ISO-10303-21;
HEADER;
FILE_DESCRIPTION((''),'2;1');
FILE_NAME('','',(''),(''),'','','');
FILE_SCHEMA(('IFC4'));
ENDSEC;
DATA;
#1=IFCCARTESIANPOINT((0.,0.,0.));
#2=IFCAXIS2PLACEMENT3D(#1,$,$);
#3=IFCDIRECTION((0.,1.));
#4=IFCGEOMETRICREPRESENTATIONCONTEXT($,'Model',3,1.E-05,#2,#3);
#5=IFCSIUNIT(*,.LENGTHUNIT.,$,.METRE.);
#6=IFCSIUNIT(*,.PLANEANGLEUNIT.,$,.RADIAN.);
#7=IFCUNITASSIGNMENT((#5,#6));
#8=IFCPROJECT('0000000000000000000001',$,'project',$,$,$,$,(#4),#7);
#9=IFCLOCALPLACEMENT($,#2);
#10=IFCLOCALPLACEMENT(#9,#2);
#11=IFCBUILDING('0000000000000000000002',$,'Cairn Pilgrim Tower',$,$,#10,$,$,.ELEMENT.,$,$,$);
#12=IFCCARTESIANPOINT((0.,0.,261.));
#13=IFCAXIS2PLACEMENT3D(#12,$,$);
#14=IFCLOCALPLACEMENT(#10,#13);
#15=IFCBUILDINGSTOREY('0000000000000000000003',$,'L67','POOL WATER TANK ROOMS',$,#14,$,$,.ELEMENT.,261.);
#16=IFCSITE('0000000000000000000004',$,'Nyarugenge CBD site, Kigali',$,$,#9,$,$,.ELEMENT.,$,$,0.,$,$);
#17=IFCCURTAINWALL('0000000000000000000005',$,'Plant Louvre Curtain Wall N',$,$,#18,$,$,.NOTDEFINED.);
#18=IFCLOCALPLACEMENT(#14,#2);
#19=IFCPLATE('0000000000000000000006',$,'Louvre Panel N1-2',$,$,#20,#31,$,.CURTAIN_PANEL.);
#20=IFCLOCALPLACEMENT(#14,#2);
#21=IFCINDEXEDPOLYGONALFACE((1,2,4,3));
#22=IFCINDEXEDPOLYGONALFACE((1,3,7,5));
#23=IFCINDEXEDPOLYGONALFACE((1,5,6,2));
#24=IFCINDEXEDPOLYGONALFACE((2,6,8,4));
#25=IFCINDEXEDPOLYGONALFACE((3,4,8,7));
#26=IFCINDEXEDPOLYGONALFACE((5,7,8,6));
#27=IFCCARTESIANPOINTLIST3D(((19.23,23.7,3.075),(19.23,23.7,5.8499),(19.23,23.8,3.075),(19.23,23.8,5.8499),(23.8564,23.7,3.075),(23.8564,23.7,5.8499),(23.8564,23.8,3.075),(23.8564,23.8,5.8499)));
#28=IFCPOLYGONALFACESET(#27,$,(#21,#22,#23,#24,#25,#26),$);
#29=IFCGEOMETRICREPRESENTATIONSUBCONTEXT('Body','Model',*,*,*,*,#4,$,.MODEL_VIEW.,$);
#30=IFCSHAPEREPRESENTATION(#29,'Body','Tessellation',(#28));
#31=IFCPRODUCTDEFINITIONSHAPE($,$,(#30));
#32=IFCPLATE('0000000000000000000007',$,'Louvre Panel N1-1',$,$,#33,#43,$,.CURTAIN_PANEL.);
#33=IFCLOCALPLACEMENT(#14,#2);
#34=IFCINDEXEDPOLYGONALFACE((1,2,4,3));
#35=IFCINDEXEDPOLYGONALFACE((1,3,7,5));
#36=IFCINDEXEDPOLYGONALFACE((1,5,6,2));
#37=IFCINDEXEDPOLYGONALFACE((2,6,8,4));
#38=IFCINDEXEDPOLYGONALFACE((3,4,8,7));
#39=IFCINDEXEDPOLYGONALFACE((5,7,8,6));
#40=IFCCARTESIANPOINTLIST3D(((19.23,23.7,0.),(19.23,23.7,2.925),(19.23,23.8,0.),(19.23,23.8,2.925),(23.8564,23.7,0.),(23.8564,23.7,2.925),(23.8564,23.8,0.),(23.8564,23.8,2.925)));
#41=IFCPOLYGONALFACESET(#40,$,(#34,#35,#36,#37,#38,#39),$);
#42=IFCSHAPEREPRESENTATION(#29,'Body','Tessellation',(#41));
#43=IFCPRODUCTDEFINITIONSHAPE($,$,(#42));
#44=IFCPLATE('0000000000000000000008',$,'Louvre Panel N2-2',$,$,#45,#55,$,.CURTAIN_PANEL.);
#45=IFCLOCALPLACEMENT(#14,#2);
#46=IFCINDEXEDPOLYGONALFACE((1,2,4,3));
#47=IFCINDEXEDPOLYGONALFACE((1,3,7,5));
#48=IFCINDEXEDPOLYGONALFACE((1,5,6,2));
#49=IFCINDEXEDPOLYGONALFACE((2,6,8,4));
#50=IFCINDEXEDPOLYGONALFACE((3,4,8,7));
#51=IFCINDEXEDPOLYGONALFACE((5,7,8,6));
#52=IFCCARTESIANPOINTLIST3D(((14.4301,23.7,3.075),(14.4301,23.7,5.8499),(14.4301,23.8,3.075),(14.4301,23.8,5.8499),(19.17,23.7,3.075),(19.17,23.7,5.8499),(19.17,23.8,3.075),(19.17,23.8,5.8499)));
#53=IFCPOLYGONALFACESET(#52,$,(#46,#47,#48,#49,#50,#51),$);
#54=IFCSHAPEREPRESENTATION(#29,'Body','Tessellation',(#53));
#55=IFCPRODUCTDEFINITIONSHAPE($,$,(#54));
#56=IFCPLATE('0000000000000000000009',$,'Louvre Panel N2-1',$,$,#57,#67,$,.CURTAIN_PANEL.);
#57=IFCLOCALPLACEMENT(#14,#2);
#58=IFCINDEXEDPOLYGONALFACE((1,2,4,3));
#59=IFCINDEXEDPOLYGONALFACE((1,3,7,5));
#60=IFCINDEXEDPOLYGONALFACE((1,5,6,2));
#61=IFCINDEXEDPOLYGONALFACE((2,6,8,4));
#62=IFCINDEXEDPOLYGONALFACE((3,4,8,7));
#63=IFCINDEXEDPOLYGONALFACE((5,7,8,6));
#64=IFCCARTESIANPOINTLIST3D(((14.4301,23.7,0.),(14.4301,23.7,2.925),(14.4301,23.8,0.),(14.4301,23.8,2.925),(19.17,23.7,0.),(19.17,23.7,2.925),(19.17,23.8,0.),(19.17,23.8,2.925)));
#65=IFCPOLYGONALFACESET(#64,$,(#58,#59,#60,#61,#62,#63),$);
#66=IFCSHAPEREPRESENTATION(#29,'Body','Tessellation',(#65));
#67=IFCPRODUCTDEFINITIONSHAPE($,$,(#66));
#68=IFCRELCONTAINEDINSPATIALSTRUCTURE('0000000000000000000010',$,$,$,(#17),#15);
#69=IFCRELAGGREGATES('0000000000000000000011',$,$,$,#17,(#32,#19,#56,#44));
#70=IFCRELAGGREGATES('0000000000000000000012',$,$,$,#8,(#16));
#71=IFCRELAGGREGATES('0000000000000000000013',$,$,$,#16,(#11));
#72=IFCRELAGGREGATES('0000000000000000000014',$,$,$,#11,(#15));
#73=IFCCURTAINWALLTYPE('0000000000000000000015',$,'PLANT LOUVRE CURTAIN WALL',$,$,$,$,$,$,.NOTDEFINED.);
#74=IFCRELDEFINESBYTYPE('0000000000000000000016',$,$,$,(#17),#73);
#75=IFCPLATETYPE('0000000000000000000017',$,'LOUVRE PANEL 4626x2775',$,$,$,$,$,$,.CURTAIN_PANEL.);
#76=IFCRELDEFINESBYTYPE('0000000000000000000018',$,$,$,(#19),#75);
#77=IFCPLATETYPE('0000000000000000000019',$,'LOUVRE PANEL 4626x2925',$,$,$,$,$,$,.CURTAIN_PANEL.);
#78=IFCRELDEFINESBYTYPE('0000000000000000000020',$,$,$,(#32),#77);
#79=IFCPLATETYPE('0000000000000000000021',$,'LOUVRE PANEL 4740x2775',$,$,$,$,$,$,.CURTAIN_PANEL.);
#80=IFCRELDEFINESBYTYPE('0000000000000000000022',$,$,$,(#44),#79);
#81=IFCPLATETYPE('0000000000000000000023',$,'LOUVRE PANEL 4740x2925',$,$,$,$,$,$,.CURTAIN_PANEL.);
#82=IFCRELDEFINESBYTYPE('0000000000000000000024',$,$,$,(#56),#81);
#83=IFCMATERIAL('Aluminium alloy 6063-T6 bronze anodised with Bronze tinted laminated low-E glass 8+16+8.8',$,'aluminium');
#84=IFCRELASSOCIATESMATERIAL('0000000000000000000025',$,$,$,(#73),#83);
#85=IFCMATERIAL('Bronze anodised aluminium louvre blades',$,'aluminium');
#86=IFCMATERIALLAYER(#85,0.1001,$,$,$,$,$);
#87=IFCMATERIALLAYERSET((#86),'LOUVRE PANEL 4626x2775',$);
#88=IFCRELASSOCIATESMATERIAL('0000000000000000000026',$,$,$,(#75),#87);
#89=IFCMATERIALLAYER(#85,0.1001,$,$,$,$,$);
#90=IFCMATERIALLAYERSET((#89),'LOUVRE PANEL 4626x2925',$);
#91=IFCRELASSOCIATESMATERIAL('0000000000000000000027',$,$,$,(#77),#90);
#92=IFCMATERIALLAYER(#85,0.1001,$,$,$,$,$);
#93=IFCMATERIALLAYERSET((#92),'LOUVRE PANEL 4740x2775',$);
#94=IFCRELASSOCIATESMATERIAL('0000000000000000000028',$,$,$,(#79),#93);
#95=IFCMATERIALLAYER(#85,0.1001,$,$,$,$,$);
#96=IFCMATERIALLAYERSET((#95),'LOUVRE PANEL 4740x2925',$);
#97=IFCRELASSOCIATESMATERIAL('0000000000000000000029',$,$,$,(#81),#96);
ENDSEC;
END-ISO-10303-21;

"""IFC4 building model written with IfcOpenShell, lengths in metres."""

from ifc_helpers import new_model, si_unit, direction, frame, origin, origin_2d, place, context, subcontext, project, spatial, rectangle, extrude, material, layer, layer_set, type_object, element, aggregate, save


model = new_model("IFC4")

# Units and contexts
model_context = context("Model", 3, precision=1e-05, world=origin(), true_north=direction((0.0, 1.0)))
body_context = subcontext(model_context, "Body", "Model", "MODEL_VIEW")
ifc_project = project(units=[si_unit("LENGTHUNIT", "METRE"), si_unit("PLANEANGLEUNIT", "RADIAN")], contexts=[model_context])

# Site, building, storey
site_placement = place(None, origin())
site = spatial("IfcSite", under=ifc_project, at=site_placement, Name="Nyarugenge CBD site, Kigali", CompositionType="ELEMENT", RefElevation=0.0)
building_placement = place(site_placement, origin())
building = spatial("IfcBuilding", under=site, at=building_placement, Name="Cairn Pilgrim Tower", CompositionType="ELEMENT")
storey_placement = place(building_placement, frame((0.0, 0.0, 261.0)))
storey = spatial("IfcBuildingStorey", under=building, at=storey_placement, Name="L67", Description="POOL WATER TANK ROOMS", CompositionType="ELEMENT", Elevation=261.0)

# Curtain wall
ifc_material_1 = material(Name="Aluminium alloy 6063-T6 bronze anodised with Bronze tinted laminated low-E glass 8+16+8.8", Category="aluminium")
curtain_wall_type = type_object("IfcCurtainWallType", Name="PLANT LOUVRE CURTAIN WALL", PredefinedType="NOTDEFINED", material=ifc_material_1)
curtain_wall_placement = place(storey_placement, origin())
curtain_wall = element("IfcCurtainWall", 1, at=curtain_wall_placement, inside=storey, type_object=curtain_wall_type, Name="Plant Louvre Curtain Wall N", PredefinedType="NOTDEFINED")

# Plates
ifc_material_2 = material(Name="Bronze anodised aluminium louvre blades", Category="aluminium")
ifc_layer_1 = layer(ifc_material_2, 0.1001)
ifc_layer_set_1 = layer_set([ifc_layer_1], Name="LOUVRE PANEL 4626x2775")
plate_type_1 = type_object("IfcPlateType", Name="LOUVRE PANEL 4626x2775", PredefinedType="CURTAIN_PANEL", material=ifc_layer_set_1)
plate_1_placement = place(storey_placement, frame((21.5432, 23.75, 3.075), z_axis=(0.0, 0.0, 1.0), x_axis=(-1.0, 0.0, 0.0)))
plate_1 = element("IfcPlate", 2, at=plate_1_placement, type_object=plate_type_1, Name="Louvre Panel N1-2", PredefinedType="CURTAIN_PANEL", context=body_context, shape_type="SweptSolid", body=[
    extrude(rectangle(XDim=4.6265, YDim=0.1001, at=origin_2d()), origin(), (0.0, 0.0, 1.0), 2.7749),
])
ifc_layer_2 = layer(ifc_material_2, 0.1001)
ifc_layer_set_2 = layer_set([ifc_layer_2], Name="LOUVRE PANEL 4626x2925")
plate_type_2 = type_object("IfcPlateType", Name="LOUVRE PANEL 4626x2925", PredefinedType="CURTAIN_PANEL", material=ifc_layer_set_2)
plate_2_placement = place(storey_placement, frame((21.5432, 23.75, 0.0), z_axis=(0.0, 0.0, 1.0), x_axis=(-1.0, 0.0, 0.0)))
plate_2 = element("IfcPlate", 3, at=plate_2_placement, type_object=plate_type_2, Name="Louvre Panel N1-1", PredefinedType="CURTAIN_PANEL", context=body_context, shape_type="SweptSolid", body=[
    extrude(rectangle(XDim=4.6265, YDim=0.1001, at=origin_2d()), origin(), (0.0, 0.0, 1.0), 2.925),
])
ifc_layer_3 = layer(ifc_material_2, 0.1001)
ifc_layer_set_3 = layer_set([ifc_layer_3], Name="LOUVRE PANEL 4740x2775")
plate_type_3 = type_object("IfcPlateType", Name="LOUVRE PANEL 4740x2775", PredefinedType="CURTAIN_PANEL", material=ifc_layer_set_3)
plate_3_placement = place(storey_placement, frame((16.8, 23.75, 3.075), z_axis=(0.0, 0.0, 1.0), x_axis=(-1.0, 0.0, 0.0)))
plate_3 = element("IfcPlate", 4, at=plate_3_placement, type_object=plate_type_3, Name="Louvre Panel N2-2", PredefinedType="CURTAIN_PANEL", context=body_context, shape_type="SweptSolid", body=[
    extrude(rectangle(XDim=4.74, YDim=0.1001, at=origin_2d()), origin(), (0.0, 0.0, 1.0), 2.7749),
])
ifc_layer_4 = layer(ifc_material_2, 0.1001)
ifc_layer_set_4 = layer_set([ifc_layer_4], Name="LOUVRE PANEL 4740x2925")
plate_type_4 = type_object("IfcPlateType", Name="LOUVRE PANEL 4740x2925", PredefinedType="CURTAIN_PANEL", material=ifc_layer_set_4)
plate_4_placement = place(storey_placement, frame((16.8, 23.75, 0.0), z_axis=(0.0, 0.0, 1.0), x_axis=(-1.0, 0.0, 0.0)))
plate_4 = element("IfcPlate", 5, at=plate_4_placement, type_object=plate_type_4, Name="Louvre Panel N2-1", PredefinedType="CURTAIN_PANEL", context=body_context, shape_type="SweptSolid", body=[
    extrude(rectangle(XDim=4.74, YDim=0.1001, at=origin_2d()), origin(), (0.0, 0.0, 1.0), 2.925),
])
aggregate(curtain_wall, [plate_2, plate_1, plate_4, plate_3])

save(model, "model.ifc")
